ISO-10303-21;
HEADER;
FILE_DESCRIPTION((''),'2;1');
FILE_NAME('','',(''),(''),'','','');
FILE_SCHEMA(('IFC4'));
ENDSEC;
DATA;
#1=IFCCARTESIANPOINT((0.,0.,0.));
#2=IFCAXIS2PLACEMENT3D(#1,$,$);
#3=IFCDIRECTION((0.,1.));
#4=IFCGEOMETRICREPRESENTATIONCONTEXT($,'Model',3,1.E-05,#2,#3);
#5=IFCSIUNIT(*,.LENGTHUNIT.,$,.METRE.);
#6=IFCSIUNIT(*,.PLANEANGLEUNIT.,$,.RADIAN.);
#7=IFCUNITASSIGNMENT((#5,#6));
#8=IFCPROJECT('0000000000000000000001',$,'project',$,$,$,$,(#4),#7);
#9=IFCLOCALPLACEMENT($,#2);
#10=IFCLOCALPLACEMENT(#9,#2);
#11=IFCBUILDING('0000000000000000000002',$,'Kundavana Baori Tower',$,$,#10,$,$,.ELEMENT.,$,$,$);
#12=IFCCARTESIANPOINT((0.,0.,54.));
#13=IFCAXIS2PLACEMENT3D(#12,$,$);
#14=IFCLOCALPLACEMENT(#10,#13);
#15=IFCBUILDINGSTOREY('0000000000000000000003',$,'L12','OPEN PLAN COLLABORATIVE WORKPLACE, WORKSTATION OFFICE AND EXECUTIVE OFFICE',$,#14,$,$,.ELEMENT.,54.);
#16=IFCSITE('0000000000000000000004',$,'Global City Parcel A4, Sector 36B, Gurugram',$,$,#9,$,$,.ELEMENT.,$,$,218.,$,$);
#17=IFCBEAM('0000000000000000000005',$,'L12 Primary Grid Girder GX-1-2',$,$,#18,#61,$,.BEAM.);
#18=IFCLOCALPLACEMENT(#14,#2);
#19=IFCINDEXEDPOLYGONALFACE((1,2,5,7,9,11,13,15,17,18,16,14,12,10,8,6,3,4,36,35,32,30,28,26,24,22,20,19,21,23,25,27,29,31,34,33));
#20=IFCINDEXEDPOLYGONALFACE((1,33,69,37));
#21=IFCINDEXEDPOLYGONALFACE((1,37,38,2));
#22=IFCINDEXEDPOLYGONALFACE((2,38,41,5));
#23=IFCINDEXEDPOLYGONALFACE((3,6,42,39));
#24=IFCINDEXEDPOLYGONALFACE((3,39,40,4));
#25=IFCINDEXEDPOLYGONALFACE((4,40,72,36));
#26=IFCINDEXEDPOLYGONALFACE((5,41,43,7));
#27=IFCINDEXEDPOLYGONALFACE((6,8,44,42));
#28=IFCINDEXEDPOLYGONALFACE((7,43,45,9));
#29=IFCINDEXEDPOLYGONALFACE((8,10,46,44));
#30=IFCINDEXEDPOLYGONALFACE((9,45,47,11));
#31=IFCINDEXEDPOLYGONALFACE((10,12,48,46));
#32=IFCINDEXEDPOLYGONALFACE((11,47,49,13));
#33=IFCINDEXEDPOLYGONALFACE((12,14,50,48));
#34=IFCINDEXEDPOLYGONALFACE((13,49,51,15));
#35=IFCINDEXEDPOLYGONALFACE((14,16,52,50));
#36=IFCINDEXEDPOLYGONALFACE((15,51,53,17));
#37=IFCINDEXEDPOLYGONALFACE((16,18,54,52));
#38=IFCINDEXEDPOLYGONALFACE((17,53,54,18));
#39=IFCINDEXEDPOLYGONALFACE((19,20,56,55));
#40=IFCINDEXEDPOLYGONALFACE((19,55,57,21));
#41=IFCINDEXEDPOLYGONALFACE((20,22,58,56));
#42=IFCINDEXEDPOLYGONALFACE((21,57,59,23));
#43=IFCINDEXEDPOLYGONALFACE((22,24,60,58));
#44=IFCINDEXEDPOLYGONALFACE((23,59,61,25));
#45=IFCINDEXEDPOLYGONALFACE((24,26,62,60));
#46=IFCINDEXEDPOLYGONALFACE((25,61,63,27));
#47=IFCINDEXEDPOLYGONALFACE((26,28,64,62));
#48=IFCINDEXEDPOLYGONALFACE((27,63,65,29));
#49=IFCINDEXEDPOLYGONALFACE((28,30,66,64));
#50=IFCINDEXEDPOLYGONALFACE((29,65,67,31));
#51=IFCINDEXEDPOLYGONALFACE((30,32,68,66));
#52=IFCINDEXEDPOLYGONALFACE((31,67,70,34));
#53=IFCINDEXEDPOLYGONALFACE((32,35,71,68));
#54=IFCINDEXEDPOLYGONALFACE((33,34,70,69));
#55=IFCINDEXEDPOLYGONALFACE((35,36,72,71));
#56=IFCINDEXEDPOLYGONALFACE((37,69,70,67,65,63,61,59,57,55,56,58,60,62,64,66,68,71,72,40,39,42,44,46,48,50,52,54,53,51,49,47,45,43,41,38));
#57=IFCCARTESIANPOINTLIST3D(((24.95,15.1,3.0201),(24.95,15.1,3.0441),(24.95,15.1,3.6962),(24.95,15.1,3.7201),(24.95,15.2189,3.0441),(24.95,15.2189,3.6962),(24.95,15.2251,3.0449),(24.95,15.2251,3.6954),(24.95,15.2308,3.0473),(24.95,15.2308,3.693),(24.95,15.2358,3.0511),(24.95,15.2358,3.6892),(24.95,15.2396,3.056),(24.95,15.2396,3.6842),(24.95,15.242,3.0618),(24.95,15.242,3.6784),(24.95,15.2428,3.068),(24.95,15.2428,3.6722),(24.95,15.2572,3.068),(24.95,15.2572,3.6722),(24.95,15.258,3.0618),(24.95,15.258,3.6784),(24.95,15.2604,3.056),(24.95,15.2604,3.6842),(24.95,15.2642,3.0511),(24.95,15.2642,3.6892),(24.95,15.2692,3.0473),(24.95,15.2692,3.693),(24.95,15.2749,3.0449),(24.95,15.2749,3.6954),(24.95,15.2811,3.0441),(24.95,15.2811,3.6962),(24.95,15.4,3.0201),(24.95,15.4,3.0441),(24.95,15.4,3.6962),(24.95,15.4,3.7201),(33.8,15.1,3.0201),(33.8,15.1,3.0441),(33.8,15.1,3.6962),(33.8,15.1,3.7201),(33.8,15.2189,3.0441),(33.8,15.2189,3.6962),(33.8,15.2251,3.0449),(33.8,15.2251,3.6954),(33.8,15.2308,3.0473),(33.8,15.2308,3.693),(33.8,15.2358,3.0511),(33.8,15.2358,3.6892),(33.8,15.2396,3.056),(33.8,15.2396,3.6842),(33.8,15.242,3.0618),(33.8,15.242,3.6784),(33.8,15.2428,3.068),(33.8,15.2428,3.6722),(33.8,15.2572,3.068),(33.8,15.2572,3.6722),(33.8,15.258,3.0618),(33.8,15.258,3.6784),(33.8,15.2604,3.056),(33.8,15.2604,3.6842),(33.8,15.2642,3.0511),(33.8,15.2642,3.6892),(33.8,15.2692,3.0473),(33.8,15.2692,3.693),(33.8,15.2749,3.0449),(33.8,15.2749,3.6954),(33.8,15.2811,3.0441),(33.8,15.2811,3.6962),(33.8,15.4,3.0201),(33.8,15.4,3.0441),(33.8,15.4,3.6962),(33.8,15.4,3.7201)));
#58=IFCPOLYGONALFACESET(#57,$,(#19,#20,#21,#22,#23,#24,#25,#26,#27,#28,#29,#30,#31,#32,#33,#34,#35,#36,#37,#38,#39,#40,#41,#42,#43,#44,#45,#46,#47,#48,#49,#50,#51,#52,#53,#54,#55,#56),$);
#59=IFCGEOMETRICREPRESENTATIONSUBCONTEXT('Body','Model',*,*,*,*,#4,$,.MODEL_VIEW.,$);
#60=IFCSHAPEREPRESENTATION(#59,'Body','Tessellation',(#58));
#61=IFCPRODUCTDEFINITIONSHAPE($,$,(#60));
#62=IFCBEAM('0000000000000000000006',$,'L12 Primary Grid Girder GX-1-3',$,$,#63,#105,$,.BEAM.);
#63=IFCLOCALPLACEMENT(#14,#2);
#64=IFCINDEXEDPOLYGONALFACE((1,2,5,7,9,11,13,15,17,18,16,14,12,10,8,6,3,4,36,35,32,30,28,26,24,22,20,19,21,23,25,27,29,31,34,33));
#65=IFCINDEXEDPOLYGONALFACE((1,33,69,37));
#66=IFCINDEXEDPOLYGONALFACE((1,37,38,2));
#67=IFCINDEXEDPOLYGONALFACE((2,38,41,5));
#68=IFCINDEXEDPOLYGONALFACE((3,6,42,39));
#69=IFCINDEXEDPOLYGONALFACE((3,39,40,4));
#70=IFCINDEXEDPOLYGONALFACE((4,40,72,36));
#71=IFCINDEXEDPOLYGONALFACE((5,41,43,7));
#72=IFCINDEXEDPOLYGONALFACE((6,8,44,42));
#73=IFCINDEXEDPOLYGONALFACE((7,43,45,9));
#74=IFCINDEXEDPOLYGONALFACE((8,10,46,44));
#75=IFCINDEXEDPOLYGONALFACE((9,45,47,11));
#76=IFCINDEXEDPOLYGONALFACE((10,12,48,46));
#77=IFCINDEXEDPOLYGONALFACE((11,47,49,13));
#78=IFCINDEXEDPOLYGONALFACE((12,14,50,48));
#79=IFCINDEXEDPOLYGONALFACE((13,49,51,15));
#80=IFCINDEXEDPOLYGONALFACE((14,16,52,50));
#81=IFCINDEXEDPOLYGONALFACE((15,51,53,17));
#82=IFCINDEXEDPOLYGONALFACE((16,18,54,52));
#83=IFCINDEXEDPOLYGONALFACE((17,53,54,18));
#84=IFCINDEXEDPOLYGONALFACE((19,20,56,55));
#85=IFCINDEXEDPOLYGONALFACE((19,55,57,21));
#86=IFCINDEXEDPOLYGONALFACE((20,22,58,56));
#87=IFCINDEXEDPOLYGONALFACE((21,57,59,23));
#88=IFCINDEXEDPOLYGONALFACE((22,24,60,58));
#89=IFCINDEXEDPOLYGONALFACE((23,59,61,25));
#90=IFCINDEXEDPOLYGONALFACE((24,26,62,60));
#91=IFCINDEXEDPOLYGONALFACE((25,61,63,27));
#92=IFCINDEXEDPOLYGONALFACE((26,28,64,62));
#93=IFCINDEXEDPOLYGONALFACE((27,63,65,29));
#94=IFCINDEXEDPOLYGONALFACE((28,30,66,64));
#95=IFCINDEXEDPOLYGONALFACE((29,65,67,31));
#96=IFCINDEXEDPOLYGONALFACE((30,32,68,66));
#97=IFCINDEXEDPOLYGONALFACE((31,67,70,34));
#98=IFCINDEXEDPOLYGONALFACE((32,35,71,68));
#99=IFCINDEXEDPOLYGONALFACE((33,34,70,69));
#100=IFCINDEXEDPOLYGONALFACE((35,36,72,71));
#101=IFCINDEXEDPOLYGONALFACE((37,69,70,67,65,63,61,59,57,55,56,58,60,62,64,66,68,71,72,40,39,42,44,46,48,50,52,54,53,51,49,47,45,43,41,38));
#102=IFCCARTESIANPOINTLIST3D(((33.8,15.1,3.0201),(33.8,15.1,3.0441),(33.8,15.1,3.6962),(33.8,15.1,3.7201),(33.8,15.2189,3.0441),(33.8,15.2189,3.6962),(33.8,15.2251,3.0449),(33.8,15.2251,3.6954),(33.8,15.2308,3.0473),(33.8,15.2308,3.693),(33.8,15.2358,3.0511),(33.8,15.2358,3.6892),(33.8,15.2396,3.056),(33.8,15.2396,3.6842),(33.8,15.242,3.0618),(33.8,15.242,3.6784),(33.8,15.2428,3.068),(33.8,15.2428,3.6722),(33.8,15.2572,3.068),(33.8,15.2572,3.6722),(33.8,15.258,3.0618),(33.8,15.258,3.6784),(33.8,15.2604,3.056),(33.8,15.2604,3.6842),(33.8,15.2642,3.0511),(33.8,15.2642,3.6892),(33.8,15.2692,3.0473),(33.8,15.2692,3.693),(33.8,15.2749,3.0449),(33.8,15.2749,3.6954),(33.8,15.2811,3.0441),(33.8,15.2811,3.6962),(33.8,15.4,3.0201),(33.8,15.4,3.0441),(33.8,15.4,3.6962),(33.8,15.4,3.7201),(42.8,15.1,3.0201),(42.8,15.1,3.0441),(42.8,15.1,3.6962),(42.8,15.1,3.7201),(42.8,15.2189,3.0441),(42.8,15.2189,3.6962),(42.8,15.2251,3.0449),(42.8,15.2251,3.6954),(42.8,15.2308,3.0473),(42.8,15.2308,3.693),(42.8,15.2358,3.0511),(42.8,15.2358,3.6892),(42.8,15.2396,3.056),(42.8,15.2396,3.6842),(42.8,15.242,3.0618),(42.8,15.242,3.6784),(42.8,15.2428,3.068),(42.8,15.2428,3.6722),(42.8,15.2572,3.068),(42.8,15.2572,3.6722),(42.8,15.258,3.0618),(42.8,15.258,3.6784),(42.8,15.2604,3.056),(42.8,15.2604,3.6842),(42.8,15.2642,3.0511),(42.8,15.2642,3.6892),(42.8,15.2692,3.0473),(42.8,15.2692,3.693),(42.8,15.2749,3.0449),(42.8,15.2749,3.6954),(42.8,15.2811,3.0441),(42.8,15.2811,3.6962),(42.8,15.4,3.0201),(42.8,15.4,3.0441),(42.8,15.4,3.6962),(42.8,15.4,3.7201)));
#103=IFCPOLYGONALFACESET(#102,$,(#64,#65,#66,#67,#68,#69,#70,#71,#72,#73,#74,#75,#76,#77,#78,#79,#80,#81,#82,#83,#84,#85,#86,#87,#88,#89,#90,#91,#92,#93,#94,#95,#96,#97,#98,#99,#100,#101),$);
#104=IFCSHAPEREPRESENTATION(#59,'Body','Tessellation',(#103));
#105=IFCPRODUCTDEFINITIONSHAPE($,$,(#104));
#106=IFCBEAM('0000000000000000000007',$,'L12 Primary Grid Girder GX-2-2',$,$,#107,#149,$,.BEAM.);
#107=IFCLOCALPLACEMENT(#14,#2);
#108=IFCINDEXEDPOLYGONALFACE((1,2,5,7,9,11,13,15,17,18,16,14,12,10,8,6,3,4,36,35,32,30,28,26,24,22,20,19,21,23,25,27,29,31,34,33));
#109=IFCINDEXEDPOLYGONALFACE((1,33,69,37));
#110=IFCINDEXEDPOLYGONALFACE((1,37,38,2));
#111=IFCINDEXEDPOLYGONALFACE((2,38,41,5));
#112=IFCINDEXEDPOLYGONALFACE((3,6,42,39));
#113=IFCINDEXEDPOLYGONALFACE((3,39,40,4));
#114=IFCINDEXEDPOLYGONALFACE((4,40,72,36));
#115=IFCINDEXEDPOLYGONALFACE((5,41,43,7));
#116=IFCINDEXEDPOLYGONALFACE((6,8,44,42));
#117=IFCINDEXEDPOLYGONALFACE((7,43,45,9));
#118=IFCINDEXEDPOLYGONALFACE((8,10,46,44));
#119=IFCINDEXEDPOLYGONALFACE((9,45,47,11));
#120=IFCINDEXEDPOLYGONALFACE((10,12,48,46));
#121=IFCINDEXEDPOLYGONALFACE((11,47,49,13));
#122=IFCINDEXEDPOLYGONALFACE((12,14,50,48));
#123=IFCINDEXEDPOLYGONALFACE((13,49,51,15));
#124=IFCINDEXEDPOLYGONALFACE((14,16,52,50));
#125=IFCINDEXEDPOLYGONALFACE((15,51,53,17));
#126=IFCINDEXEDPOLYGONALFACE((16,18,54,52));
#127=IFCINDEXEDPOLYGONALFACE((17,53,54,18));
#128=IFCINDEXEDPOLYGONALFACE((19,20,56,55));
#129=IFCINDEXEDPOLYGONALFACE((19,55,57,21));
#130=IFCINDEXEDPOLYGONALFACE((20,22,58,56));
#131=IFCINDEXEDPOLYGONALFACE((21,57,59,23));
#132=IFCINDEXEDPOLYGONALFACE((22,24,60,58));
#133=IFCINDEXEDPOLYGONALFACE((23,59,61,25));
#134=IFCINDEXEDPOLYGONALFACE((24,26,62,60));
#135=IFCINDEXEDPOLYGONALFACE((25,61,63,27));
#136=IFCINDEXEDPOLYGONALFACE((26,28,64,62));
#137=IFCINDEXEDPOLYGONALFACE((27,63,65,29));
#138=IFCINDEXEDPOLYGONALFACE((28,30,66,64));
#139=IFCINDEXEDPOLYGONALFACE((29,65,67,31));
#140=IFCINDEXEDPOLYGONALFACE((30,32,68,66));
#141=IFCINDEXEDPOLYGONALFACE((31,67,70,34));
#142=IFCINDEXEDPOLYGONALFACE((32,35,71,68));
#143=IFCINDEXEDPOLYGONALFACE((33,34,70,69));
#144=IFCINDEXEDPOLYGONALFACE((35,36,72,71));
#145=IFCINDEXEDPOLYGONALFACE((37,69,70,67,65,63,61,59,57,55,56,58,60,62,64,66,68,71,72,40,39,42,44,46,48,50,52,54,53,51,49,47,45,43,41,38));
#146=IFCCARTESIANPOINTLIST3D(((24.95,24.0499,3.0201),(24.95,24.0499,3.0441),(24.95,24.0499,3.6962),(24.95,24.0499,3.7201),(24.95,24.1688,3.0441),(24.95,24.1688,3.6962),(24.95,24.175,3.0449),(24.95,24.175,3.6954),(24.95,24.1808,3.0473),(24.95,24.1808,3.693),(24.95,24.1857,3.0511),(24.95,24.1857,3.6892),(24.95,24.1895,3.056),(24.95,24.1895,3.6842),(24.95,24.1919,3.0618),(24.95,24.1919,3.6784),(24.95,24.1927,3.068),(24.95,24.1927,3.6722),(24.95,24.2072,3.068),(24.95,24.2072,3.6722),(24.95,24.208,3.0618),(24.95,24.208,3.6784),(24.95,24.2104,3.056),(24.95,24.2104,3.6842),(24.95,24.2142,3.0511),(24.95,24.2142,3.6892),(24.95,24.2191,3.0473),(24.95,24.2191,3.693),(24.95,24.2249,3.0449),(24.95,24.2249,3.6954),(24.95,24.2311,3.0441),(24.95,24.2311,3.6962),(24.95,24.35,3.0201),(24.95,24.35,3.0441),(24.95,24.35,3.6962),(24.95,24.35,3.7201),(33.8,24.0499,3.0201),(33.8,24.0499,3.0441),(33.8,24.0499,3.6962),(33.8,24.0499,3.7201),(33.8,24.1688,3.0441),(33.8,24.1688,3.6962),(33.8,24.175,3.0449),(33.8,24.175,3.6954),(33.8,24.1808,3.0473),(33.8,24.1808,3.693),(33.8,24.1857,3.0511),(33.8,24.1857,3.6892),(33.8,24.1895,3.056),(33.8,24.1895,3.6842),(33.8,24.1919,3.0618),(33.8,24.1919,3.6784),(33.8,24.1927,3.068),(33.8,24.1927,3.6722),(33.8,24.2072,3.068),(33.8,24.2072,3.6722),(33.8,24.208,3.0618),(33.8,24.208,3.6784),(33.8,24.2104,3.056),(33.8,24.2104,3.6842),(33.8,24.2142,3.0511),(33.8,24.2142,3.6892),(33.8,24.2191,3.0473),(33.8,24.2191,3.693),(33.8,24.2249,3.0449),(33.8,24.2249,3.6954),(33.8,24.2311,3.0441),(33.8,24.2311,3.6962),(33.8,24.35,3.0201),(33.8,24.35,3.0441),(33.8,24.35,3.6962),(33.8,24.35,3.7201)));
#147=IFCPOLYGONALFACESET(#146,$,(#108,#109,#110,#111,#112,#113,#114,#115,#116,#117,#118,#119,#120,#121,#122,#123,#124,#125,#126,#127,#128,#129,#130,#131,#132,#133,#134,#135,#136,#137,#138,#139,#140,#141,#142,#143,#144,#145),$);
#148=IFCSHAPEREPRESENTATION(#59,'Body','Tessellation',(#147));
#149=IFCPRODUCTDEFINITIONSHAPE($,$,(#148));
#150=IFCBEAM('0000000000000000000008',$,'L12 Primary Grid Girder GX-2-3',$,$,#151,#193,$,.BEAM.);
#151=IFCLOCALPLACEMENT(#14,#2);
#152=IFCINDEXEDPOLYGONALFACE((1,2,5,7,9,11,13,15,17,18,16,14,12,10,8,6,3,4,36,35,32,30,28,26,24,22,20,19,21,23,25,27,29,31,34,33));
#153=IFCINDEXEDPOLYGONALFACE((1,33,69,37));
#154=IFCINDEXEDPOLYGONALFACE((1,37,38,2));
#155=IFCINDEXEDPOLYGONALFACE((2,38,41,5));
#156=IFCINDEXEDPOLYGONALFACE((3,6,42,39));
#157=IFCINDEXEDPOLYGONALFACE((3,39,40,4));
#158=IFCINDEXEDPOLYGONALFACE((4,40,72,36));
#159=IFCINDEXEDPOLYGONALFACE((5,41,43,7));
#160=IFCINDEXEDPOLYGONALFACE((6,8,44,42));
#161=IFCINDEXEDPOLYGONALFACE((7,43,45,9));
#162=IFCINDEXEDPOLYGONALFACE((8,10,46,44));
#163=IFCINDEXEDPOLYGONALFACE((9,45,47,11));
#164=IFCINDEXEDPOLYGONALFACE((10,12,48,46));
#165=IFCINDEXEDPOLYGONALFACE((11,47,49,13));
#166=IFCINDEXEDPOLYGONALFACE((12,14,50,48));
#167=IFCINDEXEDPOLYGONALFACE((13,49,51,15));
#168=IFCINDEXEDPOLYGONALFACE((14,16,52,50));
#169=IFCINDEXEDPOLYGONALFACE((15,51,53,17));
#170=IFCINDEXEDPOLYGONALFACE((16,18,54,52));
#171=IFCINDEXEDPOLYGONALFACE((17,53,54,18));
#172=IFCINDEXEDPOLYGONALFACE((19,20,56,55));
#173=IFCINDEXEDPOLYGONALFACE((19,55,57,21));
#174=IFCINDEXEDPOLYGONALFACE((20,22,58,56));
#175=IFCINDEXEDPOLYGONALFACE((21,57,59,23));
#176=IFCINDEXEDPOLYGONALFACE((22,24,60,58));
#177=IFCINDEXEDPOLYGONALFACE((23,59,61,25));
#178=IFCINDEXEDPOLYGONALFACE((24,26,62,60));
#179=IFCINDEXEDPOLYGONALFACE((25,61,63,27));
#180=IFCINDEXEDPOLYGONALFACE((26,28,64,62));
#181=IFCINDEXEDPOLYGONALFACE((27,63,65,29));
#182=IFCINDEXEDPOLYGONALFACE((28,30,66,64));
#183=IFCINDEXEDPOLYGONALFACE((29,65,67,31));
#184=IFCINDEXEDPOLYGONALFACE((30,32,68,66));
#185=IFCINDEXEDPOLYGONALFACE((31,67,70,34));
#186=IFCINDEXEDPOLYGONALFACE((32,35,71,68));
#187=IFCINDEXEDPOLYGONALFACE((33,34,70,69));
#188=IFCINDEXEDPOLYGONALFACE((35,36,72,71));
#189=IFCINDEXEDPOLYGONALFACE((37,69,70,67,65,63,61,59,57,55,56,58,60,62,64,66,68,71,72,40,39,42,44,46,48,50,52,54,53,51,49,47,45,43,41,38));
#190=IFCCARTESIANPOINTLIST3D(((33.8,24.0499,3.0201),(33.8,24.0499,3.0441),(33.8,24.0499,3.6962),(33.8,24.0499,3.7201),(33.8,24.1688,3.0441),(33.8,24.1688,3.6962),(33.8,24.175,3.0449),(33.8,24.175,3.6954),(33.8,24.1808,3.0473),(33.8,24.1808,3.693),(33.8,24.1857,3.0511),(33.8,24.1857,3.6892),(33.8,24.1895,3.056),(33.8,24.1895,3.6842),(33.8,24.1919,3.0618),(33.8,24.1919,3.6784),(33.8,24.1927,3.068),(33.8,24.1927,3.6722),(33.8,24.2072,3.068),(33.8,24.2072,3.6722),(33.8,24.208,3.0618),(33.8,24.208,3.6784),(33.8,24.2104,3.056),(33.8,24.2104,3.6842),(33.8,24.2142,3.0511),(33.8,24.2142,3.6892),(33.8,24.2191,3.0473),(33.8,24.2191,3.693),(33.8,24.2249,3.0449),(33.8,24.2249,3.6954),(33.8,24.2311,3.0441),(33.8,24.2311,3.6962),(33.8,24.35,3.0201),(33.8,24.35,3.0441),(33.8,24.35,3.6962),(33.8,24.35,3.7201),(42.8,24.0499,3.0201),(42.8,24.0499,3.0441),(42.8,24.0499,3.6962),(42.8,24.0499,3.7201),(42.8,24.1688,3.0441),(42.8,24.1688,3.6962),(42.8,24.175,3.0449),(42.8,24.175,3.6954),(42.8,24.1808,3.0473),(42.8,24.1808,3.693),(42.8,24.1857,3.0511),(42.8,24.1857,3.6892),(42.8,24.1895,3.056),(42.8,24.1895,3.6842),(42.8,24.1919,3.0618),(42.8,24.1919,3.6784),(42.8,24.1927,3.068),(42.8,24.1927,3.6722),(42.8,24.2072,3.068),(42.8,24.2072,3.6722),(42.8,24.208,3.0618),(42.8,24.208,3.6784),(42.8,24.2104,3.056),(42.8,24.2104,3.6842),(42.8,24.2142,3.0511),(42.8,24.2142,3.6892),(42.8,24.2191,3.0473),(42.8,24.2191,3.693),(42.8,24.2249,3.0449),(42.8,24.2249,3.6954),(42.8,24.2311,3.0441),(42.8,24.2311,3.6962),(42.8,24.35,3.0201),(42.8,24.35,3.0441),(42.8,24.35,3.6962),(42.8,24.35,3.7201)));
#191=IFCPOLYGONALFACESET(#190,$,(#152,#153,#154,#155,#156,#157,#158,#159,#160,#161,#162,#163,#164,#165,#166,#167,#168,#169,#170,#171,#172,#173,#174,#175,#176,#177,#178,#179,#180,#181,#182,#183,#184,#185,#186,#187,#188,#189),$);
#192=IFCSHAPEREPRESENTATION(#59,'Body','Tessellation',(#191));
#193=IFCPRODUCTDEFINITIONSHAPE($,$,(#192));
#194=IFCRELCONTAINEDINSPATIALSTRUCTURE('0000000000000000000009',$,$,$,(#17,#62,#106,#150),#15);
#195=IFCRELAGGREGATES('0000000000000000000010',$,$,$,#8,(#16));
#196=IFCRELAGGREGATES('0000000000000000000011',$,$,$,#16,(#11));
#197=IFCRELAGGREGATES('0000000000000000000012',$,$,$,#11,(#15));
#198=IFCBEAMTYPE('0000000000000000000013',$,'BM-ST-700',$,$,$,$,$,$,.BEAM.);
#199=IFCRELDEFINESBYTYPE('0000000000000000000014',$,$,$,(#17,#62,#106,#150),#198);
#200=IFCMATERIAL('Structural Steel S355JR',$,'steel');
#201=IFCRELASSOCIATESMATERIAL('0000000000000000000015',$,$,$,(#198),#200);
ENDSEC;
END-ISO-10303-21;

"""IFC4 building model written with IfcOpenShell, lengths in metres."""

from ifc_helpers import new_model, si_unit, direction, frame, origin, origin_2d, place, context, subcontext, project, spatial, i_section, extrude, material, material_profile, profile_set, type_object, element, save


model = new_model("IFC4")

# Units and contexts
model_context = context("Model", 3, precision=1e-05, world=origin(), true_north=direction((0.0, 1.0)))
body_context = subcontext(model_context, "Body", "Model", "MODEL_VIEW")
ifc_project = project(units=[si_unit("LENGTHUNIT", "METRE"), si_unit("PLANEANGLEUNIT", "RADIAN")], contexts=[model_context])

# Site, building, storey
site_placement = place(None, origin())
site = spatial("IfcSite", under=ifc_project, at=site_placement, Name="Global City Parcel A4, Sector 36B, Gurugram", CompositionType="ELEMENT", RefElevation=218.0)
building_placement = place(site_placement, origin())
building = spatial("IfcBuilding", under=site, at=building_placement, Name="Kundavana Baori Tower", CompositionType="ELEMENT")
storey_placement = place(building_placement, frame((0.0, 0.0, 54.0)))
storey = spatial("IfcBuildingStorey", under=building, at=storey_placement, Name="L12", Description="OPEN PLAN COLLABORATIVE WORKPLACE, WORKSTATION OFFICE AND EXECUTIVE OFFICE", CompositionType="ELEMENT", Elevation=54.0)

# Beams
ifc_material_1 = material(Name="Structural Steel S355JR", Category="steel")
ifc_material_profile_1 = material_profile(ifc_material_1, i_section(OverallWidth=0.3, OverallDepth=0.7, WebThickness=0.0144, FlangeThickness=0.0239, FilletRadius=0.0239, at=origin_2d()), Name="NPB 700x300x170")
ifc_profile_set_1 = profile_set([ifc_material_profile_1], Name="Structural Steel S355JR")
beam_type_1 = type_object("IfcBeamType", Name="BM-ST-700", PredefinedType="BEAM", material=ifc_profile_set_1)
beam_1_placement = place(storey_placement, frame((24.95, 15.25, 3.3701), z_axis=(1.0, 0.0, 0.0), x_axis=(0.0, 1.0, 0.0)))
element("IfcBeam", 1, at=beam_1_placement, inside=storey, type_object=beam_type_1, Name="L12 Primary Grid Girder GX-1-2", PredefinedType="BEAM", context=body_context, shape_type="SweptSolid", body=[
    extrude(i_section(OverallWidth=0.3, OverallDepth=0.7, WebThickness=0.0144, FlangeThickness=0.0239, FilletRadius=0.0239, at=origin_2d()), origin(), (0.0, 0.0, 1.0), 8.8501),
])
beam_2_placement = place(storey_placement, frame((33.8, 15.25, 3.3701), z_axis=(1.0, 0.0, 0.0), x_axis=(0.0, 1.0, 0.0)))
element("IfcBeam", 2, at=beam_2_placement, inside=storey, type_object=beam_type_1, Name="L12 Primary Grid Girder GX-1-3", PredefinedType="BEAM", context=body_context, shape_type="SweptSolid", body=[
    extrude(i_section(OverallWidth=0.3, OverallDepth=0.7, WebThickness=0.0144, FlangeThickness=0.0239, FilletRadius=0.0239, at=origin_2d()), origin(), (0.0, 0.0, 1.0), 9.0),
])
beam_3_placement = place(storey_placement, frame((24.95, 24.2, 3.3701), z_axis=(1.0, 0.0, 0.0), x_axis=(0.0, 1.0, 0.0)))
element("IfcBeam", 3, at=beam_3_placement, inside=storey, type_object=beam_type_1, Name="L12 Primary Grid Girder GX-2-2", PredefinedType="BEAM", context=body_context, shape_type="SweptSolid", body=[
    extrude(i_section(OverallWidth=0.3, OverallDepth=0.7, WebThickness=0.0144, FlangeThickness=0.0239, FilletRadius=0.0239, at=origin_2d()), origin(), (0.0, 0.0, 1.0), 8.8501),
])
beam_4_placement = place(storey_placement, frame((33.8, 24.2, 3.3701), z_axis=(1.0, 0.0, 0.0), x_axis=(0.0, 1.0, 0.0)))
element("IfcBeam", 4, at=beam_4_placement, inside=storey, type_object=beam_type_1, Name="L12 Primary Grid Girder GX-2-3", PredefinedType="BEAM", context=body_context, shape_type="SweptSolid", body=[
    extrude(i_section(OverallWidth=0.3, OverallDepth=0.7, WebThickness=0.0144, FlangeThickness=0.0239, FilletRadius=0.0239, at=origin_2d()), origin(), (0.0, 0.0, 1.0), 9.0),
])

save(model, "model.ifc")
